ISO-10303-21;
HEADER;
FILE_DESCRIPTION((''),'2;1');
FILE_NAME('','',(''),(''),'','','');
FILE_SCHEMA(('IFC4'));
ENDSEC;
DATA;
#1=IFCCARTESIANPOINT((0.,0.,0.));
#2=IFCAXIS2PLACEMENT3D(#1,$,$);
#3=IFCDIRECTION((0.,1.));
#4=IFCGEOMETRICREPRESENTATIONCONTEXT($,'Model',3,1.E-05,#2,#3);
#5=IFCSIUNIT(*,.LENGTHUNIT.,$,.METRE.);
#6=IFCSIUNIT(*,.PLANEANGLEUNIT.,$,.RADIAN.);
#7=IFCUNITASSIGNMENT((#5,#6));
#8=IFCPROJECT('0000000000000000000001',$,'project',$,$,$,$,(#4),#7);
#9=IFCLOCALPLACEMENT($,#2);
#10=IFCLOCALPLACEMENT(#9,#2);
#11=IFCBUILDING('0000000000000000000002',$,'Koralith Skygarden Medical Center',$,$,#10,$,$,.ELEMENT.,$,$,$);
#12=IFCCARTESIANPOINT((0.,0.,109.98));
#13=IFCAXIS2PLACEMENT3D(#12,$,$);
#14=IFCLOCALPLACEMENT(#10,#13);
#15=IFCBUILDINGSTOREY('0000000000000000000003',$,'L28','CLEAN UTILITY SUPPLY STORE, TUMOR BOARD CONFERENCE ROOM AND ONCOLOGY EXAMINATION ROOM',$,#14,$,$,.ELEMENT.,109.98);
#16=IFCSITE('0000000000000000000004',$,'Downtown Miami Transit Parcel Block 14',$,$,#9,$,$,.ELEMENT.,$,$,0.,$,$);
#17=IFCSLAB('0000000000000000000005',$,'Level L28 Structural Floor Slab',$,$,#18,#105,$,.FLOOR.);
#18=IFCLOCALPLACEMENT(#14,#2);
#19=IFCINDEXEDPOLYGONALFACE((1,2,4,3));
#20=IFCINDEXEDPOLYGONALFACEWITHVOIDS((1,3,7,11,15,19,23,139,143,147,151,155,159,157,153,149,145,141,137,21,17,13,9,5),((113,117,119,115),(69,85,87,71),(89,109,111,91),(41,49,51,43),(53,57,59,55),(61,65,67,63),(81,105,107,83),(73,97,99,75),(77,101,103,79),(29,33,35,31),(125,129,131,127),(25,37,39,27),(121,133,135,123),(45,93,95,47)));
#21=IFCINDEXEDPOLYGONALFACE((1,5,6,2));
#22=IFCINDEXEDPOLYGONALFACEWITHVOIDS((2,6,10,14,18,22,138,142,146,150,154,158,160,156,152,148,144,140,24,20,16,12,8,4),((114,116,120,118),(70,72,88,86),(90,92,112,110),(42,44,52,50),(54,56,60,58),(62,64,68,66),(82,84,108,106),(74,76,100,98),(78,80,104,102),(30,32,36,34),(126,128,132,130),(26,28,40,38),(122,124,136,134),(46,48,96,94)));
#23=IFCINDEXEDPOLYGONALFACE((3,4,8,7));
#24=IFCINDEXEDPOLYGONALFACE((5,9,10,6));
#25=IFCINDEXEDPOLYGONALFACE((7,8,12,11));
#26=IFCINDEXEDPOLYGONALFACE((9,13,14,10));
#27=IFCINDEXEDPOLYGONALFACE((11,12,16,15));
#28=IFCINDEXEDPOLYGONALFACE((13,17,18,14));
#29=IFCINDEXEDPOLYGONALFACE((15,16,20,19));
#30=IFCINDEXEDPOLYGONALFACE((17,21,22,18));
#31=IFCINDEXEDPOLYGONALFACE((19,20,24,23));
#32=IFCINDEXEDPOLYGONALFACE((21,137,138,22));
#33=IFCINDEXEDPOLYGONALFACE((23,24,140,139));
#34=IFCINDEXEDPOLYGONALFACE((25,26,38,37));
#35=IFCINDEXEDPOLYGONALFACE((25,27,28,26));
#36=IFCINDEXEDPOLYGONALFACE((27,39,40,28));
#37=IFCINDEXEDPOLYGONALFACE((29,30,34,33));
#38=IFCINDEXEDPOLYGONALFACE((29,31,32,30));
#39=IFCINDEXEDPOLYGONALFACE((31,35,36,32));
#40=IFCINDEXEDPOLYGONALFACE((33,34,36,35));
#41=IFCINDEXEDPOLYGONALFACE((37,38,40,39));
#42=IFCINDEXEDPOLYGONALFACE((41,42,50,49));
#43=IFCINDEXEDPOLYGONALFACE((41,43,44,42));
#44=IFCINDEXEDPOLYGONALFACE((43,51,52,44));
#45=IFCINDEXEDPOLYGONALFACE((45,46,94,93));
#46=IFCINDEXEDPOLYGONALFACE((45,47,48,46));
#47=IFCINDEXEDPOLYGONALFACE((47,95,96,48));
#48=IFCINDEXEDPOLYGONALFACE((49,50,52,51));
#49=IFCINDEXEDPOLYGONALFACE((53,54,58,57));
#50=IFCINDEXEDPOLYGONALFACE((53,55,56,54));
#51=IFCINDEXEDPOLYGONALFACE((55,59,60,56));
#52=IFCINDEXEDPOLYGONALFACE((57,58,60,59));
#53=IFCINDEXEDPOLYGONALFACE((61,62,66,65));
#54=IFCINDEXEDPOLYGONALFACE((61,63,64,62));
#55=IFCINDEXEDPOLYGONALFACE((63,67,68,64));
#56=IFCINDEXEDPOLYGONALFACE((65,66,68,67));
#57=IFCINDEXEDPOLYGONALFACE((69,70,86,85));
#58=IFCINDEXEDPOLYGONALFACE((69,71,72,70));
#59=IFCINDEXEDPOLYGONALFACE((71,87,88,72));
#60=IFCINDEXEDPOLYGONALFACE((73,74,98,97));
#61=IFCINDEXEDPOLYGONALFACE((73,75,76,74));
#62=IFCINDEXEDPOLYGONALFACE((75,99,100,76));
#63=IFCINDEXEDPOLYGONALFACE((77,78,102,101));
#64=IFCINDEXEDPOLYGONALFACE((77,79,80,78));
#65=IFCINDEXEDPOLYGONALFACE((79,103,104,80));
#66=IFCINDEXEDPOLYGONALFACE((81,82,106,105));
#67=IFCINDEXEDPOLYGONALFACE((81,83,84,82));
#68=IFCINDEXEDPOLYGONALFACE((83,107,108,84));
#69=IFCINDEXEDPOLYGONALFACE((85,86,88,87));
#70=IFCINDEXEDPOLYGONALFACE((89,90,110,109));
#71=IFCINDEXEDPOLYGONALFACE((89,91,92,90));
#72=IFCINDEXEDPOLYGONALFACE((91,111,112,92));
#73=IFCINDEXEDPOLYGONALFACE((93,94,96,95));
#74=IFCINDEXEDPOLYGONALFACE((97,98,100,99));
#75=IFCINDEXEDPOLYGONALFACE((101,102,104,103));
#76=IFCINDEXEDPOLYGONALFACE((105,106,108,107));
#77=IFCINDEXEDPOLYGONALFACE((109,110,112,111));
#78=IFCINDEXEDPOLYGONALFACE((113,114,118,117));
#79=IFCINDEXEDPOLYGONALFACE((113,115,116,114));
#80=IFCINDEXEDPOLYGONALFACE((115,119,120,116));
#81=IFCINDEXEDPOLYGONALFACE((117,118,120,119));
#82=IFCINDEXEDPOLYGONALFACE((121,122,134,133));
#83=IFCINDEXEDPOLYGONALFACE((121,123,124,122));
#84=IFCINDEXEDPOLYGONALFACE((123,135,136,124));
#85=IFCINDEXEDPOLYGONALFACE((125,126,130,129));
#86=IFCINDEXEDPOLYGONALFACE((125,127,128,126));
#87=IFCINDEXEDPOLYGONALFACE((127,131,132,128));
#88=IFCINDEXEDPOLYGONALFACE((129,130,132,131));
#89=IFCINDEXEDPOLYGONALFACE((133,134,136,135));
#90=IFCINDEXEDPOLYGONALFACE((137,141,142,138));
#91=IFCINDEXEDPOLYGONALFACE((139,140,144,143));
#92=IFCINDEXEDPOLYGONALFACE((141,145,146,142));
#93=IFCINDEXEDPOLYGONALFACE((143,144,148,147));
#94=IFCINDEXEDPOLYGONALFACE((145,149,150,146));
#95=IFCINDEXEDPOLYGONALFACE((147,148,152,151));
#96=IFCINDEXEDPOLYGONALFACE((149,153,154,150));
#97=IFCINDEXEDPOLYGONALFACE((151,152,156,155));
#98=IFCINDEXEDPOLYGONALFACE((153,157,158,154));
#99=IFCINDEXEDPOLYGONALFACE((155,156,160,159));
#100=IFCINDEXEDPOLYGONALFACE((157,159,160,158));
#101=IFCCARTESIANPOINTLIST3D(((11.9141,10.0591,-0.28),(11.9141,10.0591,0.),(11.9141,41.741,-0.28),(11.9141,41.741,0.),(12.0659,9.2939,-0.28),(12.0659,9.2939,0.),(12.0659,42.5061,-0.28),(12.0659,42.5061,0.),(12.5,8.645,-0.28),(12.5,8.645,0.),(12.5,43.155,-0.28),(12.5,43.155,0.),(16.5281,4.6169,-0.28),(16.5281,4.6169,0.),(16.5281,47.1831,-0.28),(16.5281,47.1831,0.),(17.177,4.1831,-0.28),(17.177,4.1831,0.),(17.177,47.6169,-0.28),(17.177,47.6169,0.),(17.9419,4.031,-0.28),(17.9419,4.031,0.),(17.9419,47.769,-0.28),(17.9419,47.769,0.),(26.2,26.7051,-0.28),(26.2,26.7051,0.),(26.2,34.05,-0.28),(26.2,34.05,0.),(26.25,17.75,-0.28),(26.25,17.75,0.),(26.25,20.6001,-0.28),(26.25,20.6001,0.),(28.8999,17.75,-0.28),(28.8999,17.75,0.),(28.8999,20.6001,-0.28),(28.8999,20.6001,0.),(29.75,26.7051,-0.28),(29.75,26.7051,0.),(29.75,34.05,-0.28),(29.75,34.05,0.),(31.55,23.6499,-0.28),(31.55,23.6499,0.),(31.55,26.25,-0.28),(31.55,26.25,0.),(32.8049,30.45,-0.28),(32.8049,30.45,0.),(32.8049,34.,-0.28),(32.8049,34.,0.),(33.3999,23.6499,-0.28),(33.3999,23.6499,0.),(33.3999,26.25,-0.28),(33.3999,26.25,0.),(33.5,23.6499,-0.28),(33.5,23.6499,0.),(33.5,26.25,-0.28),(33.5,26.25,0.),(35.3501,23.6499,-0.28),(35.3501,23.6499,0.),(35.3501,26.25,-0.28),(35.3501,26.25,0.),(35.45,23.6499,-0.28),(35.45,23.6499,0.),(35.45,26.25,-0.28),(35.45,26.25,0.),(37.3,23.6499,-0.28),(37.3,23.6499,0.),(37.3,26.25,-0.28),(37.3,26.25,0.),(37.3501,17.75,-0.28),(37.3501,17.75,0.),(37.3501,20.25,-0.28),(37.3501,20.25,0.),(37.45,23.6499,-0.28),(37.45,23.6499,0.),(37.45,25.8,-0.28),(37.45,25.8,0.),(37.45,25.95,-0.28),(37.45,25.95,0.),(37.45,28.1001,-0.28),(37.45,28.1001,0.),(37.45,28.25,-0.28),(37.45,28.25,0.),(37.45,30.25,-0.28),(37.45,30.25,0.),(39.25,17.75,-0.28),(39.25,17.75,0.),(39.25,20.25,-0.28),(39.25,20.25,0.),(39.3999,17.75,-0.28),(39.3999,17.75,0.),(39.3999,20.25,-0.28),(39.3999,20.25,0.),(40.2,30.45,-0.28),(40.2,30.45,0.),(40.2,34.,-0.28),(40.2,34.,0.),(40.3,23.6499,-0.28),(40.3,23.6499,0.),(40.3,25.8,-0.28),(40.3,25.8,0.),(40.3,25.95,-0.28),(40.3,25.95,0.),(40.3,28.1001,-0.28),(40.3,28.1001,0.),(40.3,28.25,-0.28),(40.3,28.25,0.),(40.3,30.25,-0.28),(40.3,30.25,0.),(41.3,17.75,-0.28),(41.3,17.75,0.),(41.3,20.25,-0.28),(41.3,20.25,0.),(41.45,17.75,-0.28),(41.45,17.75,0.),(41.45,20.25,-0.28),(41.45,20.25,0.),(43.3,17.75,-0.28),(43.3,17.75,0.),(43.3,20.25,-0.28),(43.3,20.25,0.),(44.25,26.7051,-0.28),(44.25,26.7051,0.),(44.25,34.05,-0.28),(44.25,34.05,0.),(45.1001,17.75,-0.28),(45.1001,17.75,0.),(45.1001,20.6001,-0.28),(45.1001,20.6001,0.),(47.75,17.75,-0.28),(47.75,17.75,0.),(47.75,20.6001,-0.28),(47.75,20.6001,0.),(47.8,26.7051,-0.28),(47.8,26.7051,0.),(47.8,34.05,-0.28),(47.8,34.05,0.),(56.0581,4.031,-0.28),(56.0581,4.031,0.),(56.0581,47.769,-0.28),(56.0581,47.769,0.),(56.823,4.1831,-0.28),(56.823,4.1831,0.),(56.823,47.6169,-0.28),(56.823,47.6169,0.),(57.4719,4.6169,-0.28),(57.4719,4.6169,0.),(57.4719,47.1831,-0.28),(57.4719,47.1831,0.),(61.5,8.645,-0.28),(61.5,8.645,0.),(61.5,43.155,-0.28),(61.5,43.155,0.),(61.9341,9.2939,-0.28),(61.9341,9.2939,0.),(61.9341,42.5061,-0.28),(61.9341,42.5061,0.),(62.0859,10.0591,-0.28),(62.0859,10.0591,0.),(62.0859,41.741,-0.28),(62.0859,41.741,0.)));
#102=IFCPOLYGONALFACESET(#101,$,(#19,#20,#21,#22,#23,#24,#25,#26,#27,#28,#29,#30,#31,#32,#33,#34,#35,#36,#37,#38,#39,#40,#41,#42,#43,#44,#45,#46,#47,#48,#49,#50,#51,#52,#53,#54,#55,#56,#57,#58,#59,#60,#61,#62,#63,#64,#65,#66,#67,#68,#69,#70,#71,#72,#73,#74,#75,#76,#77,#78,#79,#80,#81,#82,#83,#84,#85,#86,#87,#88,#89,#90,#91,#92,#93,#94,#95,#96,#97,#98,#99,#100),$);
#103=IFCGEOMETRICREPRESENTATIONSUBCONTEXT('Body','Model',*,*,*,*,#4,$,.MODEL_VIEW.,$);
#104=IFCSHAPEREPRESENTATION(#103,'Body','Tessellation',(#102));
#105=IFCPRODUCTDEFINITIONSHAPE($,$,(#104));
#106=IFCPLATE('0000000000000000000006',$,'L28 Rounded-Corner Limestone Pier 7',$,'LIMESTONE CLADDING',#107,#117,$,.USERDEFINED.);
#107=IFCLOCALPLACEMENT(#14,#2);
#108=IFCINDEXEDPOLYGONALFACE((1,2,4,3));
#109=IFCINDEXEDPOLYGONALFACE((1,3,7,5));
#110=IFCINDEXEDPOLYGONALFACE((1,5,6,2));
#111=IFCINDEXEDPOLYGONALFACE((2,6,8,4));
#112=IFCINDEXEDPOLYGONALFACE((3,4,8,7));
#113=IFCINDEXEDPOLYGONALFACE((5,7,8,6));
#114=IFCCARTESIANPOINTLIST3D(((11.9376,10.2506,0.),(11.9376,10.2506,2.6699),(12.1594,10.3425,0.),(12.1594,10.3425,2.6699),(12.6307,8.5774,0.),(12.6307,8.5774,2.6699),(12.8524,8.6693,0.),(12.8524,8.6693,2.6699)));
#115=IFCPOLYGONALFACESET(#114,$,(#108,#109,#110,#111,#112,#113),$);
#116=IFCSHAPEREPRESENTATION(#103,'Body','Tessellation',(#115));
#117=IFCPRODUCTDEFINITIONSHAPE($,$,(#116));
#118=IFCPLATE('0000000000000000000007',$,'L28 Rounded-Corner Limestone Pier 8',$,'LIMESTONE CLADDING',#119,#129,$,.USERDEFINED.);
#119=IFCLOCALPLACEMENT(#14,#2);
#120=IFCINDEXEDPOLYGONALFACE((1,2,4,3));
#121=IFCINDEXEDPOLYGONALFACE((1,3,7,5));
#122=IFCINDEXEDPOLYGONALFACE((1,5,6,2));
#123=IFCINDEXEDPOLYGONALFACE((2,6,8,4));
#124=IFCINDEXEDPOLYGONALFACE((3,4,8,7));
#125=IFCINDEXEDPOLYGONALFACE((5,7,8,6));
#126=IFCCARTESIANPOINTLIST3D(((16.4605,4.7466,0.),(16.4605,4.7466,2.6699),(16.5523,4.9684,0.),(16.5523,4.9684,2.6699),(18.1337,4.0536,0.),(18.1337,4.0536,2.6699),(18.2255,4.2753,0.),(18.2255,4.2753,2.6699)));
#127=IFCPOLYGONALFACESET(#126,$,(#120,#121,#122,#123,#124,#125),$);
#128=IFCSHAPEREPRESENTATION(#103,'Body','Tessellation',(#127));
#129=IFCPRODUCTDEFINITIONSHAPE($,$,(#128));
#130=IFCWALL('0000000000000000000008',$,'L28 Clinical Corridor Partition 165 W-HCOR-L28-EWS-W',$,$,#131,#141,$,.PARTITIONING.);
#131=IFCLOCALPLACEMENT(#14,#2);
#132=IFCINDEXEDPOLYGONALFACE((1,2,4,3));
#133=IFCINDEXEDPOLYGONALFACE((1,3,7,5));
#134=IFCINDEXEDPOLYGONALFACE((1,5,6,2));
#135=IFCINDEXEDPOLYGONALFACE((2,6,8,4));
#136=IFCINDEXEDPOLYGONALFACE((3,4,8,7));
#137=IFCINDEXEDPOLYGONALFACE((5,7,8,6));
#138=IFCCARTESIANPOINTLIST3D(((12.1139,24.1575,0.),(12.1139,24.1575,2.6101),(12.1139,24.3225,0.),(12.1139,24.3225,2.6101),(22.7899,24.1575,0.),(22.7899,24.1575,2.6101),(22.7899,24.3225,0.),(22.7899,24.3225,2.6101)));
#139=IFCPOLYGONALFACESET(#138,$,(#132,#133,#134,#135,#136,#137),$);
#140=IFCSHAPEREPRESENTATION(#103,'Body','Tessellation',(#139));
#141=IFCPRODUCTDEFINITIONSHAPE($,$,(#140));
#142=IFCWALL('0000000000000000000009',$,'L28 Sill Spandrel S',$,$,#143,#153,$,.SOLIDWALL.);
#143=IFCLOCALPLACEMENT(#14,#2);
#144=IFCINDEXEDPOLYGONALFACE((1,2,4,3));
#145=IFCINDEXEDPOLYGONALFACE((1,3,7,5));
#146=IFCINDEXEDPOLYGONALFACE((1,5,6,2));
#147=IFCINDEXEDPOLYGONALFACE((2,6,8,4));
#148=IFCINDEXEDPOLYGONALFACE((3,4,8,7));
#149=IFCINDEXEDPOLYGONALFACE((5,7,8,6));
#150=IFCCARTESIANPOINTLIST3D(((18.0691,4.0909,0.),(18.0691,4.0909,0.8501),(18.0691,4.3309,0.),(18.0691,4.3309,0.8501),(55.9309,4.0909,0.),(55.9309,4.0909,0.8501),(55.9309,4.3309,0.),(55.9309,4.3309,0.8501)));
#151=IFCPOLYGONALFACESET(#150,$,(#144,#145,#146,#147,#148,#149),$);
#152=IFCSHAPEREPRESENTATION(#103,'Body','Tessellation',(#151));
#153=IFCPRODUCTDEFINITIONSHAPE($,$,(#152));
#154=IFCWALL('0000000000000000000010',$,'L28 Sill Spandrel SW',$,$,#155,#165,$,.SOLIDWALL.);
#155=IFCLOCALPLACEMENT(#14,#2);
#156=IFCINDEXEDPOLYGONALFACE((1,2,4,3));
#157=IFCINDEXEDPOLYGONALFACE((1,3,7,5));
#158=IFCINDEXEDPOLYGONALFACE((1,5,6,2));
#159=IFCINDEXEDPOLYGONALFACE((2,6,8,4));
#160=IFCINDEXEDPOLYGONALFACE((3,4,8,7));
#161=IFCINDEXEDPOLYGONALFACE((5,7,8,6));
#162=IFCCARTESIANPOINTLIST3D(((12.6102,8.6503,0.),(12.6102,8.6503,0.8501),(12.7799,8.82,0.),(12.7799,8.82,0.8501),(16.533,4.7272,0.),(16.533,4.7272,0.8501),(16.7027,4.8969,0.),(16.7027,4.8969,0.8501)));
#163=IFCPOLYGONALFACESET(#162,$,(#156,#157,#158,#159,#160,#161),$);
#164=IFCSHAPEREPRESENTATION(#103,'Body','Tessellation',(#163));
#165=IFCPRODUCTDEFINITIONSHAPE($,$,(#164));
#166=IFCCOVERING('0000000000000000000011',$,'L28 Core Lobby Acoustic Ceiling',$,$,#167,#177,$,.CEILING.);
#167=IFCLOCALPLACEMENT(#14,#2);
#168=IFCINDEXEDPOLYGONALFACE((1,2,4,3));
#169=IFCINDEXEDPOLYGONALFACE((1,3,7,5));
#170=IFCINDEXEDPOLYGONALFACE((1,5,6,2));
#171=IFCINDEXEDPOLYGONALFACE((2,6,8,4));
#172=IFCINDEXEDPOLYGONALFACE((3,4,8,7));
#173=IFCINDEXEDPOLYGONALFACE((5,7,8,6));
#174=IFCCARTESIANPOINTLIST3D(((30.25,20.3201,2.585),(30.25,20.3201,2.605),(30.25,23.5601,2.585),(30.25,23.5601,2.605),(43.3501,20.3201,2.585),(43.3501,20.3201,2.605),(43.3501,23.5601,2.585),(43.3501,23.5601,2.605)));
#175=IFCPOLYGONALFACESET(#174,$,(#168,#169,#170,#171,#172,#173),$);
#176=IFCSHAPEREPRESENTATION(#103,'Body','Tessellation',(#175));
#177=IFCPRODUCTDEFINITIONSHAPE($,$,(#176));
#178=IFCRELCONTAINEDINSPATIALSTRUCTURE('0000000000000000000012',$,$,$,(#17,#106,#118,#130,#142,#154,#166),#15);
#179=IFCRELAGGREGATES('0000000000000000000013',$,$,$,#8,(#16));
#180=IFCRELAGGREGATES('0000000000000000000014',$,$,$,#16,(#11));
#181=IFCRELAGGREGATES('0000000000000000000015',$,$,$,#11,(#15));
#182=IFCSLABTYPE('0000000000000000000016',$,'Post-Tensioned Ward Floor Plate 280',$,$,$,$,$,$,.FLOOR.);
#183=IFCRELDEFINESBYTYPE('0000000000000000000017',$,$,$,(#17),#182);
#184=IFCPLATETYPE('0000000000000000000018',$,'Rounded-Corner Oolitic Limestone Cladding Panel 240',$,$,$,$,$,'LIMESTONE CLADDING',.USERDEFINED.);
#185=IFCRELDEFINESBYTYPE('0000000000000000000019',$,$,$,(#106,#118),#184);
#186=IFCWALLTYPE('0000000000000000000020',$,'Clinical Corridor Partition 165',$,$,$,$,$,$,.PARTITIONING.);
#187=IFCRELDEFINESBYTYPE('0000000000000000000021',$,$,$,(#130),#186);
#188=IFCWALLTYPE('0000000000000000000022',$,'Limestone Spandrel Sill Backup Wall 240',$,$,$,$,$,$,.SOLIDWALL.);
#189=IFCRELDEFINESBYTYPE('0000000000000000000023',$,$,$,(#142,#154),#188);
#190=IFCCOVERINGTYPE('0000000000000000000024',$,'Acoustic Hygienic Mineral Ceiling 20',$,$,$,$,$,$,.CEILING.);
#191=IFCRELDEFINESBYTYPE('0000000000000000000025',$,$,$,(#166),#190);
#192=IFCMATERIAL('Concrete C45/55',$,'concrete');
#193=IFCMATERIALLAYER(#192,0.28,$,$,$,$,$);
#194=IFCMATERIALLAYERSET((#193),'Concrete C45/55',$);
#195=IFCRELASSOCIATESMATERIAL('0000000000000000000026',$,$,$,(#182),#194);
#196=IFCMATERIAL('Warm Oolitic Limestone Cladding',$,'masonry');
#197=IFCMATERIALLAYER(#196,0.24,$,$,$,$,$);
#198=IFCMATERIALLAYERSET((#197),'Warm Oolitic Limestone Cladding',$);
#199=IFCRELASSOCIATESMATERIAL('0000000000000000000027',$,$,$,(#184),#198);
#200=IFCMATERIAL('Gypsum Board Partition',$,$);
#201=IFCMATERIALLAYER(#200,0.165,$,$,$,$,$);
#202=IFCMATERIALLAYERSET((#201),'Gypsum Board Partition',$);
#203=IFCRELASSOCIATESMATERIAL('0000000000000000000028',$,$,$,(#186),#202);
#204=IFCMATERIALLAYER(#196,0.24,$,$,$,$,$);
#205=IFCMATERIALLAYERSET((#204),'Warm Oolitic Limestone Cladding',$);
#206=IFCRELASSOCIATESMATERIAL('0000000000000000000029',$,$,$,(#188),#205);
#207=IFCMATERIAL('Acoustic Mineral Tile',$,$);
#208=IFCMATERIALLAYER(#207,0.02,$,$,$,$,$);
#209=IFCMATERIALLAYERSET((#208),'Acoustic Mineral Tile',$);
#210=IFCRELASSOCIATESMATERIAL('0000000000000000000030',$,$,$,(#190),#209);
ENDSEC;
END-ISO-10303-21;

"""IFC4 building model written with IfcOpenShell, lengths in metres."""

from ifc_helpers import new_model, si_unit, direction, frame, frame_2d, origin, origin_2d, place, context, subcontext, project, spatial, polyline, rectangle, outline, extrude, material, layer, layer_set, type_object, element, save


model = new_model("IFC4")

# Units and contexts
model_context = context("Model", 3, precision=1e-05, world=origin(), true_north=direction((0.0, 1.0)))
body_context = subcontext(model_context, "Body", "Model", "MODEL_VIEW")
ifc_project = project(units=[si_unit("LENGTHUNIT", "METRE"), si_unit("PLANEANGLEUNIT", "RADIAN")], contexts=[model_context])

# Site, building, storey
site_placement = place(None, origin())
site = spatial("IfcSite", under=ifc_project, at=site_placement, Name="Downtown Miami Transit Parcel Block 14", CompositionType="ELEMENT", RefElevation=0.0)
building_placement = place(site_placement, origin())
building = spatial("IfcBuilding", under=site, at=building_placement, Name="Koralith Skygarden Medical Center", CompositionType="ELEMENT")
storey_placement = place(building_placement, frame((0.0, 0.0, 109.98)))
storey = spatial("IfcBuildingStorey", under=building, at=storey_placement, Name="L28", Description="CLEAN UTILITY SUPPLY STORE, TUMOR BOARD CONFERENCE ROOM AND ONCOLOGY EXAMINATION ROOM", CompositionType="ELEMENT", Elevation=109.98)

# Shared definitions
ifc_material_1 = material(Name="Concrete C45/55", Category="concrete")

# Slab
ifc_layer_1 = layer(ifc_material_1, 0.28)
ifc_layer_set_1 = layer_set([ifc_layer_1], Name="Concrete C45/55")
slab_type_1 = type_object("IfcSlabType", Name="Post-Tensioned Ward Floor Plate 280", PredefinedType="FLOOR", material=ifc_layer_set_1)
slab_1_placement = place(storey_placement, frame((0.0, 0.0, -0.28)))
element("IfcSlab", 1, at=slab_1_placement, inside=storey, type_object=slab_type_1, Name="Level L28 Structural Floor Slab", PredefinedType="FLOOR", context=body_context, shape_type="SweptSolid", body=[
    extrude(outline(polyline([(16.5281, 4.6169), (17.177, 4.1831), (17.9419, 4.031), (56.0581, 4.031), (56.823, 4.1831), (57.4719, 4.6169), (61.5, 8.645), (61.9341, 9.2939), (62.0859, 10.0591), (62.0859, 41.741), (61.9341, 42.5061), (61.5, 43.155), (57.4719, 47.1831), (56.823, 47.6169), (56.0581, 47.769), (17.9419, 47.769), (17.177, 47.6169), (16.5281, 47.1831), (12.5, 43.155), (12.0659, 42.5061), (11.9141, 41.741), (11.9141, 10.0591), (12.0659, 9.2939), (12.5, 8.645), (16.5281, 4.6169)]), holes=[polyline([(26.2, 26.7051), (29.75, 26.7051), (29.75, 34.05), (26.2, 34.05), (26.2, 26.7051)]), polyline([(44.25, 26.7051), (47.8, 26.7051), (47.8, 34.05), (44.25, 34.05), (44.25, 26.7051)]), polyline([(32.8049, 30.45), (40.2, 30.45), (40.2, 34.0), (32.8049, 34.0), (32.8049, 30.45)]), polyline([(26.25, 17.75), (28.8999, 17.75), (28.8999, 20.6001), (26.25, 20.6001), (26.25, 17.75)]), polyline([(45.1001, 17.75), (47.75, 17.75), (47.75, 20.6001), (45.1001, 20.6001), (45.1001, 17.75)]), polyline([(37.3501, 17.75), (39.25, 17.75), (39.25, 20.25), (37.3501, 20.25), (37.3501, 17.75)]), polyline([(39.3999, 17.75), (41.3, 17.75), (41.3, 20.25), (39.3999, 20.25), (39.3999, 17.75)]), polyline([(41.45, 17.75), (43.3, 17.75), (43.3, 20.25), (41.45, 20.25), (41.45, 17.75)]), polyline([(31.55, 23.6499), (33.3999, 23.6499), (33.3999, 26.25), (31.55, 26.25), (31.55, 23.6499)]), polyline([(33.5, 23.6499), (35.3501, 23.6499), (35.3501, 26.25), (33.5, 26.25), (33.5, 23.6499)]), polyline([(35.45, 23.6499), (37.3, 23.6499), (37.3, 26.25), (35.45, 26.25), (35.45, 23.6499)]), polyline([(37.45, 23.6499), (40.3, 23.6499), (40.3, 25.8), (37.45, 25.8), (37.45, 23.6499)]), polyline([(37.45, 25.95), (40.3, 25.95), (40.3, 28.1001), (37.45, 28.1001), (37.45, 25.95)]), polyline([(37.45, 28.25), (40.3, 28.25), (40.3, 30.25), (37.45, 30.25), (37.45, 28.25)])]), origin(), (0.0, 0.0, 1.0), 0.28),
])

# Plates
ifc_material_2 = material(Name="Warm Oolitic Limestone Cladding", Category="masonry")
ifc_layer_2 = layer(ifc_material_2, 0.24)
ifc_layer_set_2 = layer_set([ifc_layer_2], Name="Warm Oolitic Limestone Cladding")
plate_type_1 = type_object("IfcPlateType", Name="Rounded-Corner Oolitic Limestone Cladding Panel 240", ElementType="LIMESTONE CLADDING", PredefinedType="USERDEFINED", material=ifc_layer_set_2)
for number, where, z_axis, x_axis, name in (
    (2, (12.395, 9.46, 0.0), (0.0, 0.0, 1.0), (0.382671, -0.923885, 0.0), "L28 Rounded-Corner Limestone Pier 7"),
    (3, (17.343, 4.511, 0.0), (0.0, 0.0, 1.0), (0.923885, -0.382671, 0.0), "L28 Rounded-Corner Limestone Pier 8"),
):
    element("IfcPlate", number, at=place(storey_placement, frame(where, z_axis=z_axis, x_axis=x_axis)), inside=storey, type_object=plate_type_1, Name=name, ObjectType="LIMESTONE CLADDING", PredefinedType="USERDEFINED", context=body_context, shape_type="SweptSolid", body=[
        extrude(rectangle(XDim=1.811, YDim=0.24, at=origin_2d()), origin(), (0.0, 0.0, 1.0), 2.6699),
    ])

# Walls
ifc_material_3 = material(Name="Gypsum Board Partition")
ifc_layer_3 = layer(ifc_material_3, 0.165)
ifc_layer_set_3 = layer_set([ifc_layer_3], Name="Gypsum Board Partition")
wall_type_1 = type_object("IfcWallType", Name="Clinical Corridor Partition 165", PredefinedType="PARTITIONING", material=ifc_layer_set_3)
wall_1_placement = place(storey_placement, frame((12.114, 24.24, 0.0), z_axis=(0.0, 0.0, 1.0), x_axis=(1.0, 0.0, 0.0)))
element("IfcWall", 4, at=wall_1_placement, inside=storey, type_object=wall_type_1, Name="L28 Clinical Corridor Partition 165 W-HCOR-L28-EWS-W", PredefinedType="PARTITIONING", context=body_context, shape_type="SweptSolid", body=[
    extrude(rectangle(XDim=10.676, YDim=0.165, at=frame_2d((5.3379, 0.0))), origin(), (0.0, 0.0, 1.0), 2.6101),
])
ifc_layer_4 = layer(ifc_material_2, 0.24)
ifc_layer_set_4 = layer_set([ifc_layer_4], Name="Warm Oolitic Limestone Cladding")
wall_type_2 = type_object("IfcWallType", Name="Limestone Spandrel Sill Backup Wall 240", PredefinedType="SOLIDWALL", material=ifc_layer_set_4)
wall_2_placement = place(storey_placement, frame((18.0691, 4.2109, 0.0), z_axis=(0.0, 0.0, 1.0), x_axis=(1.0, 0.0, 0.0)))
element("IfcWall", 5, at=wall_2_placement, inside=storey, type_object=wall_type_2, Name="L28 Sill Spandrel S", PredefinedType="SOLIDWALL", context=body_context, shape_type="SweptSolid", body=[
    extrude(rectangle(XDim=37.8618, YDim=0.24, at=frame_2d((18.9309, 0.0))), origin(), (0.0, 0.0, 1.0), 0.8501),
])
wall_3_placement = place(storey_placement, frame((12.6951, 8.7351, 0.0), z_axis=(0.0, 0.0, 1.0), x_axis=(0.707085, -0.707129, 0.0)))
element("IfcWall", 6, at=wall_3_placement, inside=storey, type_object=wall_type_2, Name="L28 Sill Spandrel SW", PredefinedType="SOLIDWALL", context=body_context, shape_type="SweptSolid", body=[
    extrude(rectangle(XDim=5.5479, YDim=0.24, at=frame_2d((2.7739, 0.0))), origin(), (0.0, 0.0, 1.0), 0.8501),
])

# Covering
ifc_material_4 = material(Name="Acoustic Mineral Tile")
ifc_layer_5 = layer(ifc_material_4, 0.02)
ifc_layer_set_5 = layer_set([ifc_layer_5], Name="Acoustic Mineral Tile")
covering_type_1 = type_object("IfcCoveringType", Name="Acoustic Hygienic Mineral Ceiling 20", PredefinedType="CEILING", material=ifc_layer_set_5)
covering_1_placement = place(storey_placement, frame((0.0, 0.0, 2.585)))
element("IfcCovering", 7, at=covering_1_placement, inside=storey, type_object=covering_type_1, Name="L28 Core Lobby Acoustic Ceiling", PredefinedType="CEILING", context=body_context, shape_type="SweptSolid", body=[
    extrude(outline(polyline([(30.25, 20.3201), (43.3501, 20.3201), (43.3501, 23.5601), (30.25, 23.5601), (30.25, 20.3201)])), origin(), (0.0, 0.0, 1.0), 0.02),
])

save(model, "model.ifc")
